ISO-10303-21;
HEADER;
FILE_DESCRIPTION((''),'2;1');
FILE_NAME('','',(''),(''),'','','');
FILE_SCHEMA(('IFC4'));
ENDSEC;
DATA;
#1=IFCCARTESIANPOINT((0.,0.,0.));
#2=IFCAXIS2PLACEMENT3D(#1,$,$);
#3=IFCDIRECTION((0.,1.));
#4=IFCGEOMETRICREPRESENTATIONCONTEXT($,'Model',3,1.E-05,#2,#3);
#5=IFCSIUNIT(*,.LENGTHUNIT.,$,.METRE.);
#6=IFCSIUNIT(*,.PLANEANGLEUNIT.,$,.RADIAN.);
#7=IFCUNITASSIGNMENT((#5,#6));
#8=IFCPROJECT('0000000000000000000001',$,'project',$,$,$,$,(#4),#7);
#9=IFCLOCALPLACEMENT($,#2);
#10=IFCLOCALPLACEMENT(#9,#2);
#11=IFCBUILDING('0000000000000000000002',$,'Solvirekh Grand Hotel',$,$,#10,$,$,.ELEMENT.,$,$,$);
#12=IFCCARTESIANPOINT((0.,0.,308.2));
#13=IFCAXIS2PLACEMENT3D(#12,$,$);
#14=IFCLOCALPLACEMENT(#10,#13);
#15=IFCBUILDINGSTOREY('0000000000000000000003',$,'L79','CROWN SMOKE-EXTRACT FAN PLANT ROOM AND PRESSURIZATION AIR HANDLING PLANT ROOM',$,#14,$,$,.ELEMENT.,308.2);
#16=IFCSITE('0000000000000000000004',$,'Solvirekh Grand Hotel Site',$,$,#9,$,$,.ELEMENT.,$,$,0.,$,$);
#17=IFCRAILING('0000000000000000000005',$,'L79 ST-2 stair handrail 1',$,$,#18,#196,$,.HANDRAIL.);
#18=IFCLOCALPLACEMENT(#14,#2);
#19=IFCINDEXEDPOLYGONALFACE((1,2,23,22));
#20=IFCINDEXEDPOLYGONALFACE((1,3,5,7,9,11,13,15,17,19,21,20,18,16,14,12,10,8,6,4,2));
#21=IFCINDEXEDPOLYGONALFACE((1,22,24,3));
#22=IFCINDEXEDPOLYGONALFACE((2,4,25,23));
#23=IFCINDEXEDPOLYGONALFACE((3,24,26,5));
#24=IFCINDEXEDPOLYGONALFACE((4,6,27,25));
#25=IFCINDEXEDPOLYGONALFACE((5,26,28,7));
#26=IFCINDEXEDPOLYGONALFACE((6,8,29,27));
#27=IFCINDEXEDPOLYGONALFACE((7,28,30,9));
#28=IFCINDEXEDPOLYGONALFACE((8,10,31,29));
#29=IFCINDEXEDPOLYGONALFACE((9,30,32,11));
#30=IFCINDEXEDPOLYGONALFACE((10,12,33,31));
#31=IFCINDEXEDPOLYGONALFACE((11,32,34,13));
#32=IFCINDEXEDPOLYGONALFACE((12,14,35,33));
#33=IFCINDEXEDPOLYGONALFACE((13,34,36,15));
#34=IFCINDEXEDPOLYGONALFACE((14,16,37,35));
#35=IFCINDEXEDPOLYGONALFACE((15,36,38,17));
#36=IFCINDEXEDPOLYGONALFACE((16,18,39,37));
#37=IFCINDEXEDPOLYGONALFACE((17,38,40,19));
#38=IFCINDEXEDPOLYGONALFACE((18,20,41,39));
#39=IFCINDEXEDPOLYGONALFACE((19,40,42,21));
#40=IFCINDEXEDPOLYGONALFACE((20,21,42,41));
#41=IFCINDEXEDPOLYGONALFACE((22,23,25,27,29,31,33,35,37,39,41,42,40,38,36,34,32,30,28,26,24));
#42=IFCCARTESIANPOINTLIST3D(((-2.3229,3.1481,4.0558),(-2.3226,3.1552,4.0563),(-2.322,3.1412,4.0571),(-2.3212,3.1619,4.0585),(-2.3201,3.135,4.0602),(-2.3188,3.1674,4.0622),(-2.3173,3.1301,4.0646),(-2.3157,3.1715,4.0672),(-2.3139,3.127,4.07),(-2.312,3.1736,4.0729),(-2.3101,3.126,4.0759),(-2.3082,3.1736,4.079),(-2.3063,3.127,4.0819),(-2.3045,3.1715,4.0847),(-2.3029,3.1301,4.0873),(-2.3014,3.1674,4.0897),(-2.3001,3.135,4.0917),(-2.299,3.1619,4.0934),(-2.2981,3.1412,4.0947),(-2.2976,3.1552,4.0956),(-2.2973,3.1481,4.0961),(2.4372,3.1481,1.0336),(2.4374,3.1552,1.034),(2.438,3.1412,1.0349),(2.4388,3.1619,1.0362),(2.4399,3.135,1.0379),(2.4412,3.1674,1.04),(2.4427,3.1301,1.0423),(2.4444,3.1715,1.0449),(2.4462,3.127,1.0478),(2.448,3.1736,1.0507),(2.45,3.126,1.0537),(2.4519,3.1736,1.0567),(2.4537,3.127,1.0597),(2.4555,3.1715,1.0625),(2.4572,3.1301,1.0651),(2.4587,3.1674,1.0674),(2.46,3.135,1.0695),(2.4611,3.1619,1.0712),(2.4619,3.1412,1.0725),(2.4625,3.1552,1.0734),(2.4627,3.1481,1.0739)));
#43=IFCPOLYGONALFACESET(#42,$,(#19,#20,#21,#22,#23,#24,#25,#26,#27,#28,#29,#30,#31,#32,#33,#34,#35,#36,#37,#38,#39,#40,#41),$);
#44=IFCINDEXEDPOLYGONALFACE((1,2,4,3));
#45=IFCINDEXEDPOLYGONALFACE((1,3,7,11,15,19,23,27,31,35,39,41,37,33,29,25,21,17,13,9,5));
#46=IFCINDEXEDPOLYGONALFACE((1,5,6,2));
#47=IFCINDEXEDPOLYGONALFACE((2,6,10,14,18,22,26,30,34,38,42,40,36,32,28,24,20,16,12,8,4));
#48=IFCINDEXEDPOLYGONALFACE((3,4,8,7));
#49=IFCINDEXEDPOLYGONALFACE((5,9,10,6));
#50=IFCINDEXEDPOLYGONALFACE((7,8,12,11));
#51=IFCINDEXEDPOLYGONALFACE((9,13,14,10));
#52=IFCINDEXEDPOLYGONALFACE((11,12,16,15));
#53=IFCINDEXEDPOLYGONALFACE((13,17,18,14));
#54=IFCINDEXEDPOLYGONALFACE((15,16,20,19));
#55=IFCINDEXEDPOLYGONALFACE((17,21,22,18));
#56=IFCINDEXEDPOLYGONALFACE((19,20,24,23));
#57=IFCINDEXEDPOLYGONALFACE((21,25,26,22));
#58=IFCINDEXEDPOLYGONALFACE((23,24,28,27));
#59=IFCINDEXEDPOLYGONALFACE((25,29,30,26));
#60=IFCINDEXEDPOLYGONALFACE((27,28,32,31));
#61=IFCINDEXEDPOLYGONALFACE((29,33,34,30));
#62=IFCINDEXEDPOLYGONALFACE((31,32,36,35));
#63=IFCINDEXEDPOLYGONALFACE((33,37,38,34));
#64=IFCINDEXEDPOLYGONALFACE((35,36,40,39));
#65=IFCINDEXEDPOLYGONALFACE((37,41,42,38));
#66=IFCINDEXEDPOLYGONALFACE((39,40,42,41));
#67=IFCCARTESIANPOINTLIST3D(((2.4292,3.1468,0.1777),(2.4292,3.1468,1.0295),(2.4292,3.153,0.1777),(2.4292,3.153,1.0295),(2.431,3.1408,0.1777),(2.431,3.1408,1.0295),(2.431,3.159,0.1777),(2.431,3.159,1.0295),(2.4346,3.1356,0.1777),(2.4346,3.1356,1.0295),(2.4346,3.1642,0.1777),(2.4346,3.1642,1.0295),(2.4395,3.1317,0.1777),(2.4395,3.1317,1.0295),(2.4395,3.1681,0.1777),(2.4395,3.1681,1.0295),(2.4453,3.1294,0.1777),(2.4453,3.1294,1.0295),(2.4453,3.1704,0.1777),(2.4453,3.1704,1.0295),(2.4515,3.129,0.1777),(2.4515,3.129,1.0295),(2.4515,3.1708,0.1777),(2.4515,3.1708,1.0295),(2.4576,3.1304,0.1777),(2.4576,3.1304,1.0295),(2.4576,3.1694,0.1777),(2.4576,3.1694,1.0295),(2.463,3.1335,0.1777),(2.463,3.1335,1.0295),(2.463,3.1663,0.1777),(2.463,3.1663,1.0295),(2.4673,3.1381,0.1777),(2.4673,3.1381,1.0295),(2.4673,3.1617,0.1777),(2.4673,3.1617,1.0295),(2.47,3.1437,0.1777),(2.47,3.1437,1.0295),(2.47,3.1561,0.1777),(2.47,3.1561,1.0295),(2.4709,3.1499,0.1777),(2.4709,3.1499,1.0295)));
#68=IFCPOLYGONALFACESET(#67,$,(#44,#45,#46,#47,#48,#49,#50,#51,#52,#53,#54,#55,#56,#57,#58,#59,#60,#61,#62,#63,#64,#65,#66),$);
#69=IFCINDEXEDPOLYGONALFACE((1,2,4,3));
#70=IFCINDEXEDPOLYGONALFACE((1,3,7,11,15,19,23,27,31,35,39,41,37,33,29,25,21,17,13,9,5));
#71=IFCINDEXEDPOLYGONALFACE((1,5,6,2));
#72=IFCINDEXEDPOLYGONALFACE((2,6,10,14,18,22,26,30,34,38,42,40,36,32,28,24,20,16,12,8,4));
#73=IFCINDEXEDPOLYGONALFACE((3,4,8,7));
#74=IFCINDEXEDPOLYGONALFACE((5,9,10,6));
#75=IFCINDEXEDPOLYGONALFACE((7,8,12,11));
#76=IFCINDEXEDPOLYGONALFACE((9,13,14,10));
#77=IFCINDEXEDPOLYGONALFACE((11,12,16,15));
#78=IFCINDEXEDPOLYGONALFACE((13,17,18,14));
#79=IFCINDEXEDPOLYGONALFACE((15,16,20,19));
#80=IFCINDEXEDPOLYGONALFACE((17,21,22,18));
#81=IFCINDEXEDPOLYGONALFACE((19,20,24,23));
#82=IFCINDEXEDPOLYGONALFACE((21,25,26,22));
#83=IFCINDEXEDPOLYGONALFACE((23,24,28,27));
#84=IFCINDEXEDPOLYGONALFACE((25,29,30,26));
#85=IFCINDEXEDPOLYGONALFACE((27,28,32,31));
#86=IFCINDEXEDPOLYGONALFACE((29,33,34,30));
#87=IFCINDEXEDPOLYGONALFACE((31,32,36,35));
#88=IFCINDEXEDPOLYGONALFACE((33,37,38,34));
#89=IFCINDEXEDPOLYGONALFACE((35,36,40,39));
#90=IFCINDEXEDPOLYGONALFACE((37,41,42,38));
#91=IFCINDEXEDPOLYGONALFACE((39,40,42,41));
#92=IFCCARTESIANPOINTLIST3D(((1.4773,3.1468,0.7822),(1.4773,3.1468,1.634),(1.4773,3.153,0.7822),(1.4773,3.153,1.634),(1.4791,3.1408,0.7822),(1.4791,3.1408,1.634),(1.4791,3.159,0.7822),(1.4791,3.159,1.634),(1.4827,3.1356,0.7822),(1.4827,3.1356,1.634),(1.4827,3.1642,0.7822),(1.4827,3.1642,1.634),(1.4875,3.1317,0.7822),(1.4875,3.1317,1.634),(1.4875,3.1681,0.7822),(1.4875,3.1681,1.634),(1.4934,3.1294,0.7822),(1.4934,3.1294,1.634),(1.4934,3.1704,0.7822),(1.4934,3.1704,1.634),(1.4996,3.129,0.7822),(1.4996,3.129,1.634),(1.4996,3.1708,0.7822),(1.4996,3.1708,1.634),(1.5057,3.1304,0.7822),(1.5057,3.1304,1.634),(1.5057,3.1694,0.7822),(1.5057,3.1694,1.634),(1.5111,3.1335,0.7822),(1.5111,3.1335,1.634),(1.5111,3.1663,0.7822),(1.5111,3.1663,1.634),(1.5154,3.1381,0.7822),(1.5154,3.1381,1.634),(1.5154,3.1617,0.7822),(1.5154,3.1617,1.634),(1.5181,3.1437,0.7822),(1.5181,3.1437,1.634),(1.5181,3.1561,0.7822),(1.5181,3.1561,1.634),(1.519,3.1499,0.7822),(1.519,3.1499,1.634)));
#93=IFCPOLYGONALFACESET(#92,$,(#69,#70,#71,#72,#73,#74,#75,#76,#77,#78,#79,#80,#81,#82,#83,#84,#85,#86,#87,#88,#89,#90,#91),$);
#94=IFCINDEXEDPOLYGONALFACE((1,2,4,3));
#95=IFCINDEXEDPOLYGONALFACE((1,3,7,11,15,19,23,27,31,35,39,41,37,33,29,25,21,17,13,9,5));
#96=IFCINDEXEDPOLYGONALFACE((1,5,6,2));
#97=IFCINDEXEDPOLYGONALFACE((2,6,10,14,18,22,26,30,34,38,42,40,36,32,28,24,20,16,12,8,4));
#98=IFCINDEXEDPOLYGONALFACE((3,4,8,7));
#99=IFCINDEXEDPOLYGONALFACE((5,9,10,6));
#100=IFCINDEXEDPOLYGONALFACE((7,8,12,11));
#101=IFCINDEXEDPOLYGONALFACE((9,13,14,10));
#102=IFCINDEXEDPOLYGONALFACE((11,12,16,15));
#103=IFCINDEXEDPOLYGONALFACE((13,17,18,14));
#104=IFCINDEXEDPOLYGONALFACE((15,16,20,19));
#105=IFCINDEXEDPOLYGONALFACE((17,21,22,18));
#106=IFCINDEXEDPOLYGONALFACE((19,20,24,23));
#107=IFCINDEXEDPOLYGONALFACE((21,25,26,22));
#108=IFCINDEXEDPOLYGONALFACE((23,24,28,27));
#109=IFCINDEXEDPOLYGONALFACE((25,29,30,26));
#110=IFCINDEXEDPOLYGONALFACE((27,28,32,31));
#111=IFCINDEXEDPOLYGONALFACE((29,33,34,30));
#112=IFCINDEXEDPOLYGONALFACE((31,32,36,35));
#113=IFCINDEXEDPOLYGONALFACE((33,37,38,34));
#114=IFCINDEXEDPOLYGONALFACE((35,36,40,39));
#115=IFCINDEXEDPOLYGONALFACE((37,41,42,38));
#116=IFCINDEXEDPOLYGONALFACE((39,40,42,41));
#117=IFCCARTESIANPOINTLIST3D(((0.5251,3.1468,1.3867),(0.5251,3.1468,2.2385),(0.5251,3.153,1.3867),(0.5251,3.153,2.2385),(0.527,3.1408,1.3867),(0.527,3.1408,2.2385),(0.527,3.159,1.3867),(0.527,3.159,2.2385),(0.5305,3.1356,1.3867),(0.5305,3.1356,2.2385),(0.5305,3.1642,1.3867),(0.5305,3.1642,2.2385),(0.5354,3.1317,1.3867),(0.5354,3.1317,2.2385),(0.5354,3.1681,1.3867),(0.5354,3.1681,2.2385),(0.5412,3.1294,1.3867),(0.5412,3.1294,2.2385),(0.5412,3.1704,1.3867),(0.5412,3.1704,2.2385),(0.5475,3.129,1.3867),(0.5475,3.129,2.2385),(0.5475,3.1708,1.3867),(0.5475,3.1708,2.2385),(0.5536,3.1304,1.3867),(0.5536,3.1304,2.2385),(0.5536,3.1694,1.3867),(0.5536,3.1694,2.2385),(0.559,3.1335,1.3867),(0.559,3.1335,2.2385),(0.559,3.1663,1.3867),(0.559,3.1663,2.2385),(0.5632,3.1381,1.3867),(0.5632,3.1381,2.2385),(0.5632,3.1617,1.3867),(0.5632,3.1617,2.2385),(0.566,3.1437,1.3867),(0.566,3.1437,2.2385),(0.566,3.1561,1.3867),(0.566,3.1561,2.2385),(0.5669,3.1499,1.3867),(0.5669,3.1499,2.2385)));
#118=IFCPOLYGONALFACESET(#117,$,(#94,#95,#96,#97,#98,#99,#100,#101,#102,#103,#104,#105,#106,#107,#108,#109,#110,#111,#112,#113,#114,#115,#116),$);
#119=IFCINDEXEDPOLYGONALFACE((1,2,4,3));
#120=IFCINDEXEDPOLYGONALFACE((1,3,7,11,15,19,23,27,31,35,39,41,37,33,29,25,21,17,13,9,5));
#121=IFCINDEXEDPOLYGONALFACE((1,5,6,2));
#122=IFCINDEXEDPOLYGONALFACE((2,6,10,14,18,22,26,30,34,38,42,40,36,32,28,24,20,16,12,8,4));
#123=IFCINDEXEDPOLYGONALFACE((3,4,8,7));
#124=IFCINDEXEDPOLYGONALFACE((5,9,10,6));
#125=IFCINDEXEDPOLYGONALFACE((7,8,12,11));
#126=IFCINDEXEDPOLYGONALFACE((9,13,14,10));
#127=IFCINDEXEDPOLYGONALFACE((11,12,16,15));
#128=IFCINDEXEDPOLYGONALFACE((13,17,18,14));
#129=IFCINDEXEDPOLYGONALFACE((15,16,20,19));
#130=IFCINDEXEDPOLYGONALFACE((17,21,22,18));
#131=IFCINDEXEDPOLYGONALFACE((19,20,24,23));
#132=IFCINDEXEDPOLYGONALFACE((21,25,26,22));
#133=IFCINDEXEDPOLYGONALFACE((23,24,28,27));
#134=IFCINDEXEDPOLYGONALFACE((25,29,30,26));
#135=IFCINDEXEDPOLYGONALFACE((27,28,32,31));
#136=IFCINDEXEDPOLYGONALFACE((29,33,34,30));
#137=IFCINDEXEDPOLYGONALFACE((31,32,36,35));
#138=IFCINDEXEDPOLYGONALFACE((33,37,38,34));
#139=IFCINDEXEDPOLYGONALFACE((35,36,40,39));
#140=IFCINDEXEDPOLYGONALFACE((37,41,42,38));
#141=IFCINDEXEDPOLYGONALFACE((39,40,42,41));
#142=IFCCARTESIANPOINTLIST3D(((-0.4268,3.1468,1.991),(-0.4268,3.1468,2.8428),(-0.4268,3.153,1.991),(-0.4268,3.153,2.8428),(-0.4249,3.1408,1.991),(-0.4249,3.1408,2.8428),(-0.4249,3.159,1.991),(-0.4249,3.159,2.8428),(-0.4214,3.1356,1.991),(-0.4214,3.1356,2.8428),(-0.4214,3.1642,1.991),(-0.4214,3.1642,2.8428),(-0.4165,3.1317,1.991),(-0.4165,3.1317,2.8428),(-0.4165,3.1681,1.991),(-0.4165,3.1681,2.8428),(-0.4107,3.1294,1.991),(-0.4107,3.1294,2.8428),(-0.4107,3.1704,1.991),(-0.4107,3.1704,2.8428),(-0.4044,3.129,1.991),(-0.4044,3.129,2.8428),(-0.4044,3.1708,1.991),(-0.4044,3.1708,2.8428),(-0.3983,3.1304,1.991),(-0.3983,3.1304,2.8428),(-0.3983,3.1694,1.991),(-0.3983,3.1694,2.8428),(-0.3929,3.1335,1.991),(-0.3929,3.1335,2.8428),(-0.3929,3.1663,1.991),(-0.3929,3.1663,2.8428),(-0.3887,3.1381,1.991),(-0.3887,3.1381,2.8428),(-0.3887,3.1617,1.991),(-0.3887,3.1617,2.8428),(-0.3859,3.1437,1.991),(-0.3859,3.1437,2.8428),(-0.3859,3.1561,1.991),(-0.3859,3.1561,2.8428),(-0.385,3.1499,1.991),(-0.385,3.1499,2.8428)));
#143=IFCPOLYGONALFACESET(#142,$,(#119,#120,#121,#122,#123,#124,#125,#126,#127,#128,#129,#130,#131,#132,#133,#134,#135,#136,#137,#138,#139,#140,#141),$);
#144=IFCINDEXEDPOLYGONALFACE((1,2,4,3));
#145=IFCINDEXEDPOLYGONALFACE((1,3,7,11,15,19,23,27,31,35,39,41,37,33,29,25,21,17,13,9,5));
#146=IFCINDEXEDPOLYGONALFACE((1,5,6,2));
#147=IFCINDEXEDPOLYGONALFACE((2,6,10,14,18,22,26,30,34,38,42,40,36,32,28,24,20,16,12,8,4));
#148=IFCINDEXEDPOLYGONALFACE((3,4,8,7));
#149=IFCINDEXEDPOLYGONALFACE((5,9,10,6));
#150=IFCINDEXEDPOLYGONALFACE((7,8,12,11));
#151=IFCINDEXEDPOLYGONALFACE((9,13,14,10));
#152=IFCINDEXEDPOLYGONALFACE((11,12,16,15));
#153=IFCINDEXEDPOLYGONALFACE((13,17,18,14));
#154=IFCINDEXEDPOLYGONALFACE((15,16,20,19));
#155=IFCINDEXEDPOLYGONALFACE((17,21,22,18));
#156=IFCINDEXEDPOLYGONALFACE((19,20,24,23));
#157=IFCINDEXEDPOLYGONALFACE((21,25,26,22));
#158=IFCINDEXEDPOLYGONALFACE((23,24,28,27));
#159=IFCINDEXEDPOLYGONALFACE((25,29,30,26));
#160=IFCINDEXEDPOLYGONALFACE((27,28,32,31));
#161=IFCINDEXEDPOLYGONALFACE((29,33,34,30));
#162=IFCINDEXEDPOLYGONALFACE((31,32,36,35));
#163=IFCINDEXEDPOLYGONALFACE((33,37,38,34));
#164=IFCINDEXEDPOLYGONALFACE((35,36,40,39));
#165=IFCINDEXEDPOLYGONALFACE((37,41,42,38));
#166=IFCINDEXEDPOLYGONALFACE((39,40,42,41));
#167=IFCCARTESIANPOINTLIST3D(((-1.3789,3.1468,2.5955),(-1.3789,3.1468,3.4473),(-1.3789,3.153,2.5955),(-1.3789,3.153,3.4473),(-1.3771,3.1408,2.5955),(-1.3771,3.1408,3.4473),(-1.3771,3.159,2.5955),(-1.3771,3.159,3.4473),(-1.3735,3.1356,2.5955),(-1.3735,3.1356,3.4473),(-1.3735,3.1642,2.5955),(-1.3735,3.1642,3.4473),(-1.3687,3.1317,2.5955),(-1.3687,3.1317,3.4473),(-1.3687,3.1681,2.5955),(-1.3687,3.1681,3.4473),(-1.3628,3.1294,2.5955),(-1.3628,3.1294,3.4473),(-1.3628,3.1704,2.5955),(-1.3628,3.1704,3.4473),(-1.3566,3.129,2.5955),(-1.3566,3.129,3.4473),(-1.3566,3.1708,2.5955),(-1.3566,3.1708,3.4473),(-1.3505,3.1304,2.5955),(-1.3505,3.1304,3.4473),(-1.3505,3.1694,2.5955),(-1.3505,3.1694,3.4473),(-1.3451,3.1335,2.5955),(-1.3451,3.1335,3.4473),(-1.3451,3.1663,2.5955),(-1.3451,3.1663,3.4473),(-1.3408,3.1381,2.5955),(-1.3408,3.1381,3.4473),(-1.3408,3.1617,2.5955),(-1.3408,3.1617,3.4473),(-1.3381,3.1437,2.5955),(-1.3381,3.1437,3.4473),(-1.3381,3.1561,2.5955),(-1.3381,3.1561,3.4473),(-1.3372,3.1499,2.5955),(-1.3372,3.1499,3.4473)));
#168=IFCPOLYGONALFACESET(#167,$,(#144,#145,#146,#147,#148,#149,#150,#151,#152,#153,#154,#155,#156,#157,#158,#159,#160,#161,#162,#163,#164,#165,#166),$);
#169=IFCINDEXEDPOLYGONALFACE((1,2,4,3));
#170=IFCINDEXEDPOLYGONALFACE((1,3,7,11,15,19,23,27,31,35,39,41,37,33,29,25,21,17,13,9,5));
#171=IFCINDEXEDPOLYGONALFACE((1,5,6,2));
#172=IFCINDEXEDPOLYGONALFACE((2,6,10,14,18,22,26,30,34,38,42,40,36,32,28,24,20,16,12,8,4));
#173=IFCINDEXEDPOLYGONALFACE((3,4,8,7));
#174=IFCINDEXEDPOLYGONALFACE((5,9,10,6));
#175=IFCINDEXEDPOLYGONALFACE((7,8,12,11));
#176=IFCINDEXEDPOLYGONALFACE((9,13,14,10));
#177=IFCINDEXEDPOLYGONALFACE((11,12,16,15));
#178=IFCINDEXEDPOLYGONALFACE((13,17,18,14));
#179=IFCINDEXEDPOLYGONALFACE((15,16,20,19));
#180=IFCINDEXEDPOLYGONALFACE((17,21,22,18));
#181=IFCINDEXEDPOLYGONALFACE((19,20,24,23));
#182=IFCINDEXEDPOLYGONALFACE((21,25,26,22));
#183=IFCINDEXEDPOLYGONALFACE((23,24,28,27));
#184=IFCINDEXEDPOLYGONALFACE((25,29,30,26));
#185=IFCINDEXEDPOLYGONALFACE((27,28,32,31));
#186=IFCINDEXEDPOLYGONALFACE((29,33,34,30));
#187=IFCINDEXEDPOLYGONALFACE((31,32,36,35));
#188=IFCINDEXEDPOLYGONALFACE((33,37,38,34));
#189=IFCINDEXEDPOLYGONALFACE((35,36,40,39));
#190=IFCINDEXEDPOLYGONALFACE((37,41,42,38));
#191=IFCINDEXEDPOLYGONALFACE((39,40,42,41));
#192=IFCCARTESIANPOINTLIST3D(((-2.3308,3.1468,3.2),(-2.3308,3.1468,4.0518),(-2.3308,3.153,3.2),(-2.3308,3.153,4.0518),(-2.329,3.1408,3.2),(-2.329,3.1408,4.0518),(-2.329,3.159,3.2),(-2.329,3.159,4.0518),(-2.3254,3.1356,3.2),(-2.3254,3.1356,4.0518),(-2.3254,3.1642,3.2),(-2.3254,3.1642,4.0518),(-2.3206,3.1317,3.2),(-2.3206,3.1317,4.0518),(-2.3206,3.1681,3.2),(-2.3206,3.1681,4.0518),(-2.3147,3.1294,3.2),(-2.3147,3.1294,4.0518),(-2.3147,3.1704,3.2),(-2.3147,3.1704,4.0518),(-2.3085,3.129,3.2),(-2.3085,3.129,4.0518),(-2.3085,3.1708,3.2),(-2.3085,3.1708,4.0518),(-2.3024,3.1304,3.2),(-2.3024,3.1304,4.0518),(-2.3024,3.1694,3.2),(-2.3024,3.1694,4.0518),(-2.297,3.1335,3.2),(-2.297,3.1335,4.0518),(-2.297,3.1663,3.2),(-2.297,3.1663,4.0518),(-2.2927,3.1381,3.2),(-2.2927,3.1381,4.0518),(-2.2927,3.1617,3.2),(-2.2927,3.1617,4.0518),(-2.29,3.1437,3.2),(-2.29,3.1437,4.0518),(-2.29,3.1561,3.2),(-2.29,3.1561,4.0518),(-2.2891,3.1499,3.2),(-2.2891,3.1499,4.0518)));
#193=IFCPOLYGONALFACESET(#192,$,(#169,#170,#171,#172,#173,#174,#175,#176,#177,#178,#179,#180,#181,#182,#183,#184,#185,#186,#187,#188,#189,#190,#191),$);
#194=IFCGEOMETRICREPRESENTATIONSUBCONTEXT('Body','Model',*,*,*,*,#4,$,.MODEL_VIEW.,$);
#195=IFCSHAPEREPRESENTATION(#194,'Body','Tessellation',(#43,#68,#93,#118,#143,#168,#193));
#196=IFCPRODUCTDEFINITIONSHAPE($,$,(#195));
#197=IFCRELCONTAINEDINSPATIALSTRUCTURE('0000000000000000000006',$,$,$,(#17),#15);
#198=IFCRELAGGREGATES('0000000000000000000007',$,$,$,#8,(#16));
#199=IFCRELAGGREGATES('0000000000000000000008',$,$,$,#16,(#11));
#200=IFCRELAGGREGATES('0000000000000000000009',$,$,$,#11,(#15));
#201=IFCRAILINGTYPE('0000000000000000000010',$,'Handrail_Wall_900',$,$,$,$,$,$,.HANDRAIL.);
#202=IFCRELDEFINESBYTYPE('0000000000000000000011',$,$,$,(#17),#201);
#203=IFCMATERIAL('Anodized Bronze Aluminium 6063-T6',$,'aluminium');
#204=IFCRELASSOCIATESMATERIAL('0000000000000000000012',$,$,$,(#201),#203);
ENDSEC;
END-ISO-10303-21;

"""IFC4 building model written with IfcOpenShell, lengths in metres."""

from ifc_helpers import new_model, si_unit, direction, frame, origin, origin_2d, place, context, subcontext, project, spatial, circle, extrude, material, type_object, element, save


model = new_model("IFC4")

# Units and contexts
model_context = context("Model", 3, precision=1e-05, world=origin(), true_north=direction((0.0, 1.0)))
body_context = subcontext(model_context, "Body", "Model", "MODEL_VIEW")
ifc_project = project(units=[si_unit("LENGTHUNIT", "METRE"), si_unit("PLANEANGLEUNIT", "RADIAN")], contexts=[model_context])

# Site, building, storey
site_placement = place(None, origin())
site = spatial("IfcSite", under=ifc_project, at=site_placement, Name="Solvirekh Grand Hotel Site", CompositionType="ELEMENT", RefElevation=0.0)
building_placement = place(site_placement, origin())
building = spatial("IfcBuilding", under=site, at=building_placement, Name="Solvirekh Grand Hotel", CompositionType="ELEMENT")
storey_placement = place(building_placement, frame((0.0, 0.0, 308.2)))
storey = spatial("IfcBuildingStorey", under=building, at=storey_placement, Name="L79", Description="CROWN SMOKE-EXTRACT FAN PLANT ROOM AND PRESSURIZATION AIR HANDLING PLANT ROOM", CompositionType="ELEMENT", Elevation=308.2)

# Shared definitions
ifc_material_1 = material(Name="Anodized Bronze Aluminium 6063-T6", Category="aluminium")

# Railing
railing_type_1 = type_object("IfcRailingType", Name="Handrail_Wall_900", PredefinedType="HANDRAIL", material=ifc_material_1)
railing_1_placement = place(storey_placement, frame((2.45, 3.1499, 0.1777)))
element("IfcRailing", 1, at=railing_1_placement, inside=storey, type_object=railing_type_1, Name="L79 ST-2 stair handrail 1", PredefinedType="HANDRAIL", context=body_context, shape_type="SweptSolid", body=[
    extrude(circle(Radius=0.0239, at=origin_2d()), frame((0.0, 0.0, 0.876), z_axis=(-0.844214, 0.0, 0.536007), x_axis=(0.0, -1.0, 0.0)), (0.0, 0.0, 1.0), 5.6384),
    extrude(circle(Radius=0.021, at=origin_2d()), origin(), (0.0, 0.0, 1.0), 0.8518),
    extrude(circle(Radius=0.021, at=origin_2d()), frame((-0.9519, 0.0, 0.6045)), (0.0, 0.0, 1.0), 0.8518),
    extrude(circle(Radius=0.021, at=origin_2d()), frame((-1.9041, 0.0, 1.209)), (0.0, 0.0, 1.0), 0.8518),
    extrude(circle(Radius=0.021, at=origin_2d()), frame((-2.856, 0.0, 1.8132)), (0.0, 0.0, 1.0), 0.8518),
    extrude(circle(Radius=0.021, at=origin_2d()), frame((-3.8081, 0.0, 2.4177)), (0.0, 0.0, 1.0), 0.8518),
    extrude(circle(Radius=0.021, at=origin_2d()), frame((-4.76, 0.0, 3.0222)), (0.0, 0.0, 1.0), 0.8518),
])

save(model, "model.ifc")
